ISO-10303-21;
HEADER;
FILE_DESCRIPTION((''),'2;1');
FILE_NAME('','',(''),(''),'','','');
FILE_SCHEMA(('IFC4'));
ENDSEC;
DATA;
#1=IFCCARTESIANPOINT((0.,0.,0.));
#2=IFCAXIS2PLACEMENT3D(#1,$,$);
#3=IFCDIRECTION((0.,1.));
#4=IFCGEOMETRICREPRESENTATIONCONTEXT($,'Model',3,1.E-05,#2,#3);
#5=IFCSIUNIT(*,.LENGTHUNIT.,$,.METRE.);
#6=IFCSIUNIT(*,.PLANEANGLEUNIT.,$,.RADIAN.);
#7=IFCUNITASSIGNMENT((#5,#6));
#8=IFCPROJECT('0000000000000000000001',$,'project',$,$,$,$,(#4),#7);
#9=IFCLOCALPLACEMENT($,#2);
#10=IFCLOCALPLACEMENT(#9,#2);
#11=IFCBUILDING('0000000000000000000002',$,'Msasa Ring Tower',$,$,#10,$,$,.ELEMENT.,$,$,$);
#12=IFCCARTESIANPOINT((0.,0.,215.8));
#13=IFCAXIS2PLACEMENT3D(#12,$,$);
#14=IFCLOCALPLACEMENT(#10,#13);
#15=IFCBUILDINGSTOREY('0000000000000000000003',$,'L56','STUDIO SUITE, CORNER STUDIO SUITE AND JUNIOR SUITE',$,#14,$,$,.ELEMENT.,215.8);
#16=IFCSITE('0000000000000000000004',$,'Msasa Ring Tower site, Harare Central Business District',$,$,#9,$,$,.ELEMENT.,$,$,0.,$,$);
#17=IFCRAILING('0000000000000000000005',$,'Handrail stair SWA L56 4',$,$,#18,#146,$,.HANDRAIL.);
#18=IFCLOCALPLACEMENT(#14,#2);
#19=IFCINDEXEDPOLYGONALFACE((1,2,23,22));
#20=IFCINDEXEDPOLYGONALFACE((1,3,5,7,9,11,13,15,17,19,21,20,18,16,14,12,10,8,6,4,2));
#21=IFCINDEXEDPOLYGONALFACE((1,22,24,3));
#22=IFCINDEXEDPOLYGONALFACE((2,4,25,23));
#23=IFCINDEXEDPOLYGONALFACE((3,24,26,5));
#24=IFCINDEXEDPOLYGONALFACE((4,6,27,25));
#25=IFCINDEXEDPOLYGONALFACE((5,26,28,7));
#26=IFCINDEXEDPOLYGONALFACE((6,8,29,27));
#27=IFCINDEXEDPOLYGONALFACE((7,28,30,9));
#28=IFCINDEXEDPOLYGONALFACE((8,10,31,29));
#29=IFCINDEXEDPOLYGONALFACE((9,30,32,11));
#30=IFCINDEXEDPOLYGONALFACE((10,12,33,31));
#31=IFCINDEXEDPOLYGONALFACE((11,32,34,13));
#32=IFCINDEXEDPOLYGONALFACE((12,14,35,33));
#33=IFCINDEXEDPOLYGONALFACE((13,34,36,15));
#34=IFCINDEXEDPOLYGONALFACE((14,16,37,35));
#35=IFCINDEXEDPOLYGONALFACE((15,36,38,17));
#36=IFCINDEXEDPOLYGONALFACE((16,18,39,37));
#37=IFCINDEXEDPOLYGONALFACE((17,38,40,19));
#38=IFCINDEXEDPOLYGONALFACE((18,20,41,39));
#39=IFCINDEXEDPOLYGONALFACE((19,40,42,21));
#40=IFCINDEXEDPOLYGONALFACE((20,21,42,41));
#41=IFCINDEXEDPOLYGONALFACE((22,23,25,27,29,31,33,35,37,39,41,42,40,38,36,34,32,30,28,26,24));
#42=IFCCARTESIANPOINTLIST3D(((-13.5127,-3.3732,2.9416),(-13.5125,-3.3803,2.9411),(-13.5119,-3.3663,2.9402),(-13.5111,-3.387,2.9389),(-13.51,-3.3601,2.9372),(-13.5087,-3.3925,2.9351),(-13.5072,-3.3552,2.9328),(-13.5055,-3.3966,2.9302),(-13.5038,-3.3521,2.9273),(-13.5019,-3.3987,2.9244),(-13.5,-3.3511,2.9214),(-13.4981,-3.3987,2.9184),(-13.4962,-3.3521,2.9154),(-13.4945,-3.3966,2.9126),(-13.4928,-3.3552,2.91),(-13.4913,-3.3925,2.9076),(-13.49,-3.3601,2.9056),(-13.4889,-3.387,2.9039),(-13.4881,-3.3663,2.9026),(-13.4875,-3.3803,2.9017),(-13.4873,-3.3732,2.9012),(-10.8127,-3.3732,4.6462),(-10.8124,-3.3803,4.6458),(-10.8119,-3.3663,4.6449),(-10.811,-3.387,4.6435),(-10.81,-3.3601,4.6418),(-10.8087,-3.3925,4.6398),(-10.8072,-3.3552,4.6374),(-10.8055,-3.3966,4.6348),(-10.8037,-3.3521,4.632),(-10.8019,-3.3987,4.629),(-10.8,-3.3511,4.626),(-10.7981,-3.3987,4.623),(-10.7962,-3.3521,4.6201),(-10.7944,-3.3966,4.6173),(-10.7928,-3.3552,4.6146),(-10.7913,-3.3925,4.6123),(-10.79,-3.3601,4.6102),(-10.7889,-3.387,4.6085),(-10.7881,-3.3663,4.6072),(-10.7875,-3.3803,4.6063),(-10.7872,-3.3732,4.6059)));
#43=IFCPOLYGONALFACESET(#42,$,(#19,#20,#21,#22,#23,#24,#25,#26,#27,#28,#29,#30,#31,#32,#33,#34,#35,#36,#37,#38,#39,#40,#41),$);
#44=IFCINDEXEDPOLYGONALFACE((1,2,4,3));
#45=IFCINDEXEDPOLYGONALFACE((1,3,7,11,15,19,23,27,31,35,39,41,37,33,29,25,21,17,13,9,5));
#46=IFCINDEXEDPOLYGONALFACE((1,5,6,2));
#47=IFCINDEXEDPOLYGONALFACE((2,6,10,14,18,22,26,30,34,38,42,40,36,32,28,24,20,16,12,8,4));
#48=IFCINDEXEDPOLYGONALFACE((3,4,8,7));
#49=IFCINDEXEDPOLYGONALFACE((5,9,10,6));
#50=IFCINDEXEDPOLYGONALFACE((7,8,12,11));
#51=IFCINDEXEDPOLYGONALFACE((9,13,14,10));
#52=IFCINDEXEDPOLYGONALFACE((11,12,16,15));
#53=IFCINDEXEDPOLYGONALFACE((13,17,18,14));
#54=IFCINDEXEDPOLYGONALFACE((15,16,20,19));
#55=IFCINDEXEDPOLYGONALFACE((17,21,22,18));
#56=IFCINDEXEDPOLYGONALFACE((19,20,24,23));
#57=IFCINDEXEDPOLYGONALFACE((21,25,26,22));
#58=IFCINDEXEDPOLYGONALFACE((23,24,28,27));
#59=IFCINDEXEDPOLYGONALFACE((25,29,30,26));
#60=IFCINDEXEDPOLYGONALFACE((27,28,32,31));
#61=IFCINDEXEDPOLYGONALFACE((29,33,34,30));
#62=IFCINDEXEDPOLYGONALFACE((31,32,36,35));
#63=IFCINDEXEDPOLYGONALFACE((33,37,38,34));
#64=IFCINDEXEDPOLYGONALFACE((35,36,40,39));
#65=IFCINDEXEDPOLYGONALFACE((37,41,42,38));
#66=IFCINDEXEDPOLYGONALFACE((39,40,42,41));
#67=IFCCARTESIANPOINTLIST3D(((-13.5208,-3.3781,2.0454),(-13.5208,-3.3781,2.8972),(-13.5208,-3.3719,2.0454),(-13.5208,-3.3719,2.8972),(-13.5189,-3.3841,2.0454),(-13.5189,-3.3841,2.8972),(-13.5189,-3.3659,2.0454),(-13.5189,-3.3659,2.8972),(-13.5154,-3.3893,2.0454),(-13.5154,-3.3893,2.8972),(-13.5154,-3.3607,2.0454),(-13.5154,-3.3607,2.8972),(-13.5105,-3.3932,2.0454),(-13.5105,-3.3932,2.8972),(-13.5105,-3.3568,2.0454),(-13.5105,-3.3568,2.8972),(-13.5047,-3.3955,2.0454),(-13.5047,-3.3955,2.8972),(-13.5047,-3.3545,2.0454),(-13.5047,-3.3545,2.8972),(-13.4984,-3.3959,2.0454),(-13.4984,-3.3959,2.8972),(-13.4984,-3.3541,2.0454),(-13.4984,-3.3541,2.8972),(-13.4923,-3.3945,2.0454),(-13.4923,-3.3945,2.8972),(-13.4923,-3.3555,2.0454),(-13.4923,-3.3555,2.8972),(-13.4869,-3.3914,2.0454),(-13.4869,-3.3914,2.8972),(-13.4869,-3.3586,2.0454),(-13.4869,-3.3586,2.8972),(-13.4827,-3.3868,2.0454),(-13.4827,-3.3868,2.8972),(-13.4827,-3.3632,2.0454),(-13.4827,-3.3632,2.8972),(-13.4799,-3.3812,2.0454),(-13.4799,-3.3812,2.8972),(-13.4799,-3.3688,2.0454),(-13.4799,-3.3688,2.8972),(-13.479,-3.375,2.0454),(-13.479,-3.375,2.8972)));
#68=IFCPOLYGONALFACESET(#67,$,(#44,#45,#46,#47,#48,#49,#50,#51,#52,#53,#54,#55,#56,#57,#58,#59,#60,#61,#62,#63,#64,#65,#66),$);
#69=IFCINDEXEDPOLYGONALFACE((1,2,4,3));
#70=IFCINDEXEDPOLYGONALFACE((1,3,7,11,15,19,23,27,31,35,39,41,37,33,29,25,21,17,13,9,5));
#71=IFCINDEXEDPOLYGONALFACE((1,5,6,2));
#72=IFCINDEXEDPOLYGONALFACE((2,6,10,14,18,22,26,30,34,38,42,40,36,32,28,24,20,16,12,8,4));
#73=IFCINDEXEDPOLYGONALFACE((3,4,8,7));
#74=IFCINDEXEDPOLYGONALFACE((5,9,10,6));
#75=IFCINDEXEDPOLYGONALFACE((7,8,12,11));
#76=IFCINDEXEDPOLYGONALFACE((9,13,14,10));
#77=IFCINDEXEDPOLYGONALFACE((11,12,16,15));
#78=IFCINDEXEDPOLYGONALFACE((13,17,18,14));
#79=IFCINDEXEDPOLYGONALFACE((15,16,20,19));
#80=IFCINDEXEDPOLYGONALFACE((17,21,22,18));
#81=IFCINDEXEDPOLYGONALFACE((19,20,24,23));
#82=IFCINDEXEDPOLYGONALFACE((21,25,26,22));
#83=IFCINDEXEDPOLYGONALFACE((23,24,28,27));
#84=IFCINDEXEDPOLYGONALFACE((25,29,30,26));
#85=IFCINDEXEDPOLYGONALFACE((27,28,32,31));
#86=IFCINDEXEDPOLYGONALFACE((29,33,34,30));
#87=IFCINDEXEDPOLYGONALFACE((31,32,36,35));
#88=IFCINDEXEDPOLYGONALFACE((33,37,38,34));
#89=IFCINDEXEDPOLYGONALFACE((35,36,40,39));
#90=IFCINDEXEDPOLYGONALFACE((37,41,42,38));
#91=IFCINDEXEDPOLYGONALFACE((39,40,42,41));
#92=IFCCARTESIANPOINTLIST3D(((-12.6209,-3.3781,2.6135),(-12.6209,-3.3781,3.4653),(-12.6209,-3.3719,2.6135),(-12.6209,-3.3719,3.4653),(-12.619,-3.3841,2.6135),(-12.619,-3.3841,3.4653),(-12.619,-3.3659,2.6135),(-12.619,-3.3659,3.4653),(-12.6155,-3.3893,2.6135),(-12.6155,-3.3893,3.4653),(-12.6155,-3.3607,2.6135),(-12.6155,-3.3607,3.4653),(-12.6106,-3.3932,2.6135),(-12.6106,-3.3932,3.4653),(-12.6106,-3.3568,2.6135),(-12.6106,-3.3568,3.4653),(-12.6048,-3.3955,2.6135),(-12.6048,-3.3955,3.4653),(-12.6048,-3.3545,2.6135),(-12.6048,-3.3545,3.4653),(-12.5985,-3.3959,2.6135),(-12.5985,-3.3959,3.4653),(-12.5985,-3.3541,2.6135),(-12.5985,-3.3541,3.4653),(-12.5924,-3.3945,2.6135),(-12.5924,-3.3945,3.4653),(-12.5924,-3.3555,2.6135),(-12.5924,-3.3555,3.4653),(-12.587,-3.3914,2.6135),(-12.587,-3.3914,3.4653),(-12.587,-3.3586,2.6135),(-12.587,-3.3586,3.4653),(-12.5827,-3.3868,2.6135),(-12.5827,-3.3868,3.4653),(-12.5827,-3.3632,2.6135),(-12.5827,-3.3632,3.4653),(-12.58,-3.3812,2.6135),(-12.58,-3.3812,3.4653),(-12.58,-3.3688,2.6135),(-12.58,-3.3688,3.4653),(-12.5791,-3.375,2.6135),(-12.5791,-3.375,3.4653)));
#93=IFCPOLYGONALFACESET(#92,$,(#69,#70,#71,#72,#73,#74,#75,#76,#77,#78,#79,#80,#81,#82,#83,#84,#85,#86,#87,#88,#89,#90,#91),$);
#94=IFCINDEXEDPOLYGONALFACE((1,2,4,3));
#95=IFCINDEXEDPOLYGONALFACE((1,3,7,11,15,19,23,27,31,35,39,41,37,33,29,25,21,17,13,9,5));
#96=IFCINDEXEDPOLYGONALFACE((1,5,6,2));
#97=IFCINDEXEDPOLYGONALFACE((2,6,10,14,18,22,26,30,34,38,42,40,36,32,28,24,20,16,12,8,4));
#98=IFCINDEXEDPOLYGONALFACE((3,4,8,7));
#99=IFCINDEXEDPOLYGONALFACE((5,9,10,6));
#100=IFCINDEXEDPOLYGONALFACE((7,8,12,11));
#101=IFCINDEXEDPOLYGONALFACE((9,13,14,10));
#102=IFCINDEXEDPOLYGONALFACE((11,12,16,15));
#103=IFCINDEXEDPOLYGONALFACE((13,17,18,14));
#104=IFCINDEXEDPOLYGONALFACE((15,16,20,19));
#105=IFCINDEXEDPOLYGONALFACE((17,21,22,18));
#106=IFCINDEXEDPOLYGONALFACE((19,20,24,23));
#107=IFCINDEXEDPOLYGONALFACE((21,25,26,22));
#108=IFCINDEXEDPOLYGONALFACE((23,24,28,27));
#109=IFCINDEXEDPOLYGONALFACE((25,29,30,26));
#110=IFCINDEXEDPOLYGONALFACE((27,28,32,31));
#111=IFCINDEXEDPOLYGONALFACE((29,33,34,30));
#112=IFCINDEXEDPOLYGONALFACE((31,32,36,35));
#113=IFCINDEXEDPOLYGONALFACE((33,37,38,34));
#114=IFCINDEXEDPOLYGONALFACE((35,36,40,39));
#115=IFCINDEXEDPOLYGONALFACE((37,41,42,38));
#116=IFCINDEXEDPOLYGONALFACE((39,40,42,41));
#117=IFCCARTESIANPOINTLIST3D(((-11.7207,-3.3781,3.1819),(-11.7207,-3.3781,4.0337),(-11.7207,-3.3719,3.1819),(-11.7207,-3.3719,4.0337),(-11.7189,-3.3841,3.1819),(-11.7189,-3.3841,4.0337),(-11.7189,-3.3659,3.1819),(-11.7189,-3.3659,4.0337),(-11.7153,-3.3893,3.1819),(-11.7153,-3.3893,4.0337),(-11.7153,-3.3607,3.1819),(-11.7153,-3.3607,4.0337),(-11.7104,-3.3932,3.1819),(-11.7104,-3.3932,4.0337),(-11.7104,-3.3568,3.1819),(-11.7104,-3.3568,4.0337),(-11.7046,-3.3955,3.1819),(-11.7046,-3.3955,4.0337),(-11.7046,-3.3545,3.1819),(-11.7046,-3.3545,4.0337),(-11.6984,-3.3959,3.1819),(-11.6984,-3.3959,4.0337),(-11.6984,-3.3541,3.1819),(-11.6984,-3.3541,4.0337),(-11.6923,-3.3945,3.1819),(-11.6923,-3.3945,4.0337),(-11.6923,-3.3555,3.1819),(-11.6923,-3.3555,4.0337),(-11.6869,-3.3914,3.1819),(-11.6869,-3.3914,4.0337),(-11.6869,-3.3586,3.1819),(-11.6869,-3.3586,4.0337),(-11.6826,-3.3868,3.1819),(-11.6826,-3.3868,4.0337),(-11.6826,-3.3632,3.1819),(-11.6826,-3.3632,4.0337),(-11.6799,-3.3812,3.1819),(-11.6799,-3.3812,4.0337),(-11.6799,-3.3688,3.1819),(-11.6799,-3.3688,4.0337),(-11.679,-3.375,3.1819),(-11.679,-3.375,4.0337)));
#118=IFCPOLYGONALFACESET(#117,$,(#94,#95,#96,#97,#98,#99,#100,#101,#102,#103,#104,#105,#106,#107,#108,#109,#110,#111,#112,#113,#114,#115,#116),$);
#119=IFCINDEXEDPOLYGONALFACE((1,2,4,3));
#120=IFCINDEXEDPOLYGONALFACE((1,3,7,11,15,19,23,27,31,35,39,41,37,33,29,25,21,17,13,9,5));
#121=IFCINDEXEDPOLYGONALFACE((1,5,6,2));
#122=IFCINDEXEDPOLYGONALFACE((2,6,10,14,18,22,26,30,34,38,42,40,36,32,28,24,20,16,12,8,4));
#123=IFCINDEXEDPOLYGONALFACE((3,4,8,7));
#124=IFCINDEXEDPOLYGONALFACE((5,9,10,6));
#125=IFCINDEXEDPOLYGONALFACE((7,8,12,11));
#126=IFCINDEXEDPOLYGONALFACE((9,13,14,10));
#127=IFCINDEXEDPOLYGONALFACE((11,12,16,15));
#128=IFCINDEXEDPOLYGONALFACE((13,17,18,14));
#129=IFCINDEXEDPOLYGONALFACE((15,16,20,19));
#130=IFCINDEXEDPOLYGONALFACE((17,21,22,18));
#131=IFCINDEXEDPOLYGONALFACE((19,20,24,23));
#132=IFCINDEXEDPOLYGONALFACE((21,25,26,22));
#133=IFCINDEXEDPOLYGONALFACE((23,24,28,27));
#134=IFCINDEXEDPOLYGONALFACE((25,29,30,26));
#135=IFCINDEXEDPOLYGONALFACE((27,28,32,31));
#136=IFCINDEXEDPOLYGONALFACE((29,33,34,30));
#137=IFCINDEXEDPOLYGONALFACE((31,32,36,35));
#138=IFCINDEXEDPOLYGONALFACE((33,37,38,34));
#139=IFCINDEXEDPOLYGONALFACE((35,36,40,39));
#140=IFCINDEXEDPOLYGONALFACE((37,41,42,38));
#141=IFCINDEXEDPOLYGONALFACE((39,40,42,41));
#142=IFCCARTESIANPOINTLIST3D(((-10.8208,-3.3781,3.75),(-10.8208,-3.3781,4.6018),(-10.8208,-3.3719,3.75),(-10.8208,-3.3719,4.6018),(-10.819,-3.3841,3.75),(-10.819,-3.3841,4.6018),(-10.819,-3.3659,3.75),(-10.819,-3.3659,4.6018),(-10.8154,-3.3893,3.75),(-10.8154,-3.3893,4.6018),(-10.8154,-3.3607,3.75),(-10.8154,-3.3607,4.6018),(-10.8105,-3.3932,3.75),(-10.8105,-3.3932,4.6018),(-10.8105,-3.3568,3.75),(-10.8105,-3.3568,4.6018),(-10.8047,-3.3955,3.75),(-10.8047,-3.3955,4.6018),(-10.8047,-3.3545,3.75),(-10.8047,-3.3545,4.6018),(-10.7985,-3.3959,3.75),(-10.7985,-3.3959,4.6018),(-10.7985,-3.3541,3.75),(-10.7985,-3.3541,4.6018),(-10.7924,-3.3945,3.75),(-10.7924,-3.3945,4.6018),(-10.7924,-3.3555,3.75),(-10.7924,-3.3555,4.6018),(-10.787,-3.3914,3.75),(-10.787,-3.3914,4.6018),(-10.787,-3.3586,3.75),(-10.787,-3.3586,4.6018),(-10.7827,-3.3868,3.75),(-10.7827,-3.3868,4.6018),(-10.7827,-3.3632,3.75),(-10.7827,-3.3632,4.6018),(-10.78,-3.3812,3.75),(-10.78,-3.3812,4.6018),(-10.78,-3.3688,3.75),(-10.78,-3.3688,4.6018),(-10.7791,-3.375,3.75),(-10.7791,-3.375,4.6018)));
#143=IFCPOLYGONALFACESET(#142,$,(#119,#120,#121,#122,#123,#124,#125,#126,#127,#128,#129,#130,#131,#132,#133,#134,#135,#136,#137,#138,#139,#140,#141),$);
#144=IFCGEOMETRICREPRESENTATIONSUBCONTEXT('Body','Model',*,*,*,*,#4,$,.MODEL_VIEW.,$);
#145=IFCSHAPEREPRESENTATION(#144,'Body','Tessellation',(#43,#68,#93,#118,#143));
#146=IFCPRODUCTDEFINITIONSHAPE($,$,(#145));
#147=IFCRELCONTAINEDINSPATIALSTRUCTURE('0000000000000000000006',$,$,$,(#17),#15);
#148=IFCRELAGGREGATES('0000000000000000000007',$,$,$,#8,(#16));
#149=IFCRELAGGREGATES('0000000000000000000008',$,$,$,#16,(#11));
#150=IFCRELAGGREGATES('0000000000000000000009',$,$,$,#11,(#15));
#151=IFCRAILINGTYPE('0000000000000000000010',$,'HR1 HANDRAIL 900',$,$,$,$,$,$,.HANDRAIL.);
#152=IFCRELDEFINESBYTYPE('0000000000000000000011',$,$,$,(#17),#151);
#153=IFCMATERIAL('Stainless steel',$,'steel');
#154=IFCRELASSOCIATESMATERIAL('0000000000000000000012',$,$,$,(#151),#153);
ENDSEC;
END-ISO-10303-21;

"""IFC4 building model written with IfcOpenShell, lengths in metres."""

from ifc_helpers import new_model, si_unit, direction, frame, origin, origin_2d, place, context, subcontext, project, spatial, circle, extrude, material, type_object, element, save


model = new_model("IFC4")

# Units and contexts
model_context = context("Model", 3, precision=1e-05, world=origin(), true_north=direction((0.0, 1.0)))
body_context = subcontext(model_context, "Body", "Model", "MODEL_VIEW")
ifc_project = project(units=[si_unit("LENGTHUNIT", "METRE"), si_unit("PLANEANGLEUNIT", "RADIAN")], contexts=[model_context])

# Site, building, storey
site_placement = place(None, origin())
site = spatial("IfcSite", under=ifc_project, at=site_placement, Name="Msasa Ring Tower site, Harare Central Business District", CompositionType="ELEMENT", RefElevation=0.0)
building_placement = place(site_placement, origin())
building = spatial("IfcBuilding", under=site, at=building_placement, Name="Msasa Ring Tower", CompositionType="ELEMENT")
storey_placement = place(building_placement, frame((0.0, 0.0, 215.8)))
storey = spatial("IfcBuildingStorey", under=building, at=storey_placement, Name="L56", Description="STUDIO SUITE, CORNER STUDIO SUITE AND JUNIOR SUITE", CompositionType="ELEMENT", Elevation=215.8)

# Railing
ifc_material_1 = material(Name="Stainless steel", Category="steel")
railing_type = type_object("IfcRailingType", Name="HR1 HANDRAIL 900", PredefinedType="HANDRAIL", material=ifc_material_1)
for number, where, name in (
    (1, (-13.5, -3.375, 2.0454), "Handrail stair SWA L56 4"),
):
    element("IfcRailing", number, at=place(storey_placement, frame(where)), inside=storey, type_object=railing_type, Name=name, PredefinedType="HANDRAIL", context=body_context, shape_type="SweptSolid", body=[
        extrude(circle(Radius=0.0239, at=origin_2d()), frame((0.0, 0.0, 0.876), z_axis=(0.84558, 0.0, 0.533849), x_axis=(0.0, 1.0, 0.0)), (0.0, 0.0, 1.0), 3.1931),
        extrude(circle(Radius=0.021, at=origin_2d()), origin(), (0.0, 0.0, 1.0), 0.8518),
        extrude(circle(Radius=0.021, at=origin_2d()), frame((0.8999, 0.0, 0.5681)), (0.0, 0.0, 1.0), 0.8518),
        extrude(circle(Radius=0.021, at=origin_2d()), frame((1.8, 0.0, 1.1365)), (0.0, 0.0, 1.0), 0.8518),
        extrude(circle(Radius=0.021, at=origin_2d()), frame((2.7, 0.0, 1.7046)), (0.0, 0.0, 1.0), 0.8518),
    ])

save(model, "model.ifc")
